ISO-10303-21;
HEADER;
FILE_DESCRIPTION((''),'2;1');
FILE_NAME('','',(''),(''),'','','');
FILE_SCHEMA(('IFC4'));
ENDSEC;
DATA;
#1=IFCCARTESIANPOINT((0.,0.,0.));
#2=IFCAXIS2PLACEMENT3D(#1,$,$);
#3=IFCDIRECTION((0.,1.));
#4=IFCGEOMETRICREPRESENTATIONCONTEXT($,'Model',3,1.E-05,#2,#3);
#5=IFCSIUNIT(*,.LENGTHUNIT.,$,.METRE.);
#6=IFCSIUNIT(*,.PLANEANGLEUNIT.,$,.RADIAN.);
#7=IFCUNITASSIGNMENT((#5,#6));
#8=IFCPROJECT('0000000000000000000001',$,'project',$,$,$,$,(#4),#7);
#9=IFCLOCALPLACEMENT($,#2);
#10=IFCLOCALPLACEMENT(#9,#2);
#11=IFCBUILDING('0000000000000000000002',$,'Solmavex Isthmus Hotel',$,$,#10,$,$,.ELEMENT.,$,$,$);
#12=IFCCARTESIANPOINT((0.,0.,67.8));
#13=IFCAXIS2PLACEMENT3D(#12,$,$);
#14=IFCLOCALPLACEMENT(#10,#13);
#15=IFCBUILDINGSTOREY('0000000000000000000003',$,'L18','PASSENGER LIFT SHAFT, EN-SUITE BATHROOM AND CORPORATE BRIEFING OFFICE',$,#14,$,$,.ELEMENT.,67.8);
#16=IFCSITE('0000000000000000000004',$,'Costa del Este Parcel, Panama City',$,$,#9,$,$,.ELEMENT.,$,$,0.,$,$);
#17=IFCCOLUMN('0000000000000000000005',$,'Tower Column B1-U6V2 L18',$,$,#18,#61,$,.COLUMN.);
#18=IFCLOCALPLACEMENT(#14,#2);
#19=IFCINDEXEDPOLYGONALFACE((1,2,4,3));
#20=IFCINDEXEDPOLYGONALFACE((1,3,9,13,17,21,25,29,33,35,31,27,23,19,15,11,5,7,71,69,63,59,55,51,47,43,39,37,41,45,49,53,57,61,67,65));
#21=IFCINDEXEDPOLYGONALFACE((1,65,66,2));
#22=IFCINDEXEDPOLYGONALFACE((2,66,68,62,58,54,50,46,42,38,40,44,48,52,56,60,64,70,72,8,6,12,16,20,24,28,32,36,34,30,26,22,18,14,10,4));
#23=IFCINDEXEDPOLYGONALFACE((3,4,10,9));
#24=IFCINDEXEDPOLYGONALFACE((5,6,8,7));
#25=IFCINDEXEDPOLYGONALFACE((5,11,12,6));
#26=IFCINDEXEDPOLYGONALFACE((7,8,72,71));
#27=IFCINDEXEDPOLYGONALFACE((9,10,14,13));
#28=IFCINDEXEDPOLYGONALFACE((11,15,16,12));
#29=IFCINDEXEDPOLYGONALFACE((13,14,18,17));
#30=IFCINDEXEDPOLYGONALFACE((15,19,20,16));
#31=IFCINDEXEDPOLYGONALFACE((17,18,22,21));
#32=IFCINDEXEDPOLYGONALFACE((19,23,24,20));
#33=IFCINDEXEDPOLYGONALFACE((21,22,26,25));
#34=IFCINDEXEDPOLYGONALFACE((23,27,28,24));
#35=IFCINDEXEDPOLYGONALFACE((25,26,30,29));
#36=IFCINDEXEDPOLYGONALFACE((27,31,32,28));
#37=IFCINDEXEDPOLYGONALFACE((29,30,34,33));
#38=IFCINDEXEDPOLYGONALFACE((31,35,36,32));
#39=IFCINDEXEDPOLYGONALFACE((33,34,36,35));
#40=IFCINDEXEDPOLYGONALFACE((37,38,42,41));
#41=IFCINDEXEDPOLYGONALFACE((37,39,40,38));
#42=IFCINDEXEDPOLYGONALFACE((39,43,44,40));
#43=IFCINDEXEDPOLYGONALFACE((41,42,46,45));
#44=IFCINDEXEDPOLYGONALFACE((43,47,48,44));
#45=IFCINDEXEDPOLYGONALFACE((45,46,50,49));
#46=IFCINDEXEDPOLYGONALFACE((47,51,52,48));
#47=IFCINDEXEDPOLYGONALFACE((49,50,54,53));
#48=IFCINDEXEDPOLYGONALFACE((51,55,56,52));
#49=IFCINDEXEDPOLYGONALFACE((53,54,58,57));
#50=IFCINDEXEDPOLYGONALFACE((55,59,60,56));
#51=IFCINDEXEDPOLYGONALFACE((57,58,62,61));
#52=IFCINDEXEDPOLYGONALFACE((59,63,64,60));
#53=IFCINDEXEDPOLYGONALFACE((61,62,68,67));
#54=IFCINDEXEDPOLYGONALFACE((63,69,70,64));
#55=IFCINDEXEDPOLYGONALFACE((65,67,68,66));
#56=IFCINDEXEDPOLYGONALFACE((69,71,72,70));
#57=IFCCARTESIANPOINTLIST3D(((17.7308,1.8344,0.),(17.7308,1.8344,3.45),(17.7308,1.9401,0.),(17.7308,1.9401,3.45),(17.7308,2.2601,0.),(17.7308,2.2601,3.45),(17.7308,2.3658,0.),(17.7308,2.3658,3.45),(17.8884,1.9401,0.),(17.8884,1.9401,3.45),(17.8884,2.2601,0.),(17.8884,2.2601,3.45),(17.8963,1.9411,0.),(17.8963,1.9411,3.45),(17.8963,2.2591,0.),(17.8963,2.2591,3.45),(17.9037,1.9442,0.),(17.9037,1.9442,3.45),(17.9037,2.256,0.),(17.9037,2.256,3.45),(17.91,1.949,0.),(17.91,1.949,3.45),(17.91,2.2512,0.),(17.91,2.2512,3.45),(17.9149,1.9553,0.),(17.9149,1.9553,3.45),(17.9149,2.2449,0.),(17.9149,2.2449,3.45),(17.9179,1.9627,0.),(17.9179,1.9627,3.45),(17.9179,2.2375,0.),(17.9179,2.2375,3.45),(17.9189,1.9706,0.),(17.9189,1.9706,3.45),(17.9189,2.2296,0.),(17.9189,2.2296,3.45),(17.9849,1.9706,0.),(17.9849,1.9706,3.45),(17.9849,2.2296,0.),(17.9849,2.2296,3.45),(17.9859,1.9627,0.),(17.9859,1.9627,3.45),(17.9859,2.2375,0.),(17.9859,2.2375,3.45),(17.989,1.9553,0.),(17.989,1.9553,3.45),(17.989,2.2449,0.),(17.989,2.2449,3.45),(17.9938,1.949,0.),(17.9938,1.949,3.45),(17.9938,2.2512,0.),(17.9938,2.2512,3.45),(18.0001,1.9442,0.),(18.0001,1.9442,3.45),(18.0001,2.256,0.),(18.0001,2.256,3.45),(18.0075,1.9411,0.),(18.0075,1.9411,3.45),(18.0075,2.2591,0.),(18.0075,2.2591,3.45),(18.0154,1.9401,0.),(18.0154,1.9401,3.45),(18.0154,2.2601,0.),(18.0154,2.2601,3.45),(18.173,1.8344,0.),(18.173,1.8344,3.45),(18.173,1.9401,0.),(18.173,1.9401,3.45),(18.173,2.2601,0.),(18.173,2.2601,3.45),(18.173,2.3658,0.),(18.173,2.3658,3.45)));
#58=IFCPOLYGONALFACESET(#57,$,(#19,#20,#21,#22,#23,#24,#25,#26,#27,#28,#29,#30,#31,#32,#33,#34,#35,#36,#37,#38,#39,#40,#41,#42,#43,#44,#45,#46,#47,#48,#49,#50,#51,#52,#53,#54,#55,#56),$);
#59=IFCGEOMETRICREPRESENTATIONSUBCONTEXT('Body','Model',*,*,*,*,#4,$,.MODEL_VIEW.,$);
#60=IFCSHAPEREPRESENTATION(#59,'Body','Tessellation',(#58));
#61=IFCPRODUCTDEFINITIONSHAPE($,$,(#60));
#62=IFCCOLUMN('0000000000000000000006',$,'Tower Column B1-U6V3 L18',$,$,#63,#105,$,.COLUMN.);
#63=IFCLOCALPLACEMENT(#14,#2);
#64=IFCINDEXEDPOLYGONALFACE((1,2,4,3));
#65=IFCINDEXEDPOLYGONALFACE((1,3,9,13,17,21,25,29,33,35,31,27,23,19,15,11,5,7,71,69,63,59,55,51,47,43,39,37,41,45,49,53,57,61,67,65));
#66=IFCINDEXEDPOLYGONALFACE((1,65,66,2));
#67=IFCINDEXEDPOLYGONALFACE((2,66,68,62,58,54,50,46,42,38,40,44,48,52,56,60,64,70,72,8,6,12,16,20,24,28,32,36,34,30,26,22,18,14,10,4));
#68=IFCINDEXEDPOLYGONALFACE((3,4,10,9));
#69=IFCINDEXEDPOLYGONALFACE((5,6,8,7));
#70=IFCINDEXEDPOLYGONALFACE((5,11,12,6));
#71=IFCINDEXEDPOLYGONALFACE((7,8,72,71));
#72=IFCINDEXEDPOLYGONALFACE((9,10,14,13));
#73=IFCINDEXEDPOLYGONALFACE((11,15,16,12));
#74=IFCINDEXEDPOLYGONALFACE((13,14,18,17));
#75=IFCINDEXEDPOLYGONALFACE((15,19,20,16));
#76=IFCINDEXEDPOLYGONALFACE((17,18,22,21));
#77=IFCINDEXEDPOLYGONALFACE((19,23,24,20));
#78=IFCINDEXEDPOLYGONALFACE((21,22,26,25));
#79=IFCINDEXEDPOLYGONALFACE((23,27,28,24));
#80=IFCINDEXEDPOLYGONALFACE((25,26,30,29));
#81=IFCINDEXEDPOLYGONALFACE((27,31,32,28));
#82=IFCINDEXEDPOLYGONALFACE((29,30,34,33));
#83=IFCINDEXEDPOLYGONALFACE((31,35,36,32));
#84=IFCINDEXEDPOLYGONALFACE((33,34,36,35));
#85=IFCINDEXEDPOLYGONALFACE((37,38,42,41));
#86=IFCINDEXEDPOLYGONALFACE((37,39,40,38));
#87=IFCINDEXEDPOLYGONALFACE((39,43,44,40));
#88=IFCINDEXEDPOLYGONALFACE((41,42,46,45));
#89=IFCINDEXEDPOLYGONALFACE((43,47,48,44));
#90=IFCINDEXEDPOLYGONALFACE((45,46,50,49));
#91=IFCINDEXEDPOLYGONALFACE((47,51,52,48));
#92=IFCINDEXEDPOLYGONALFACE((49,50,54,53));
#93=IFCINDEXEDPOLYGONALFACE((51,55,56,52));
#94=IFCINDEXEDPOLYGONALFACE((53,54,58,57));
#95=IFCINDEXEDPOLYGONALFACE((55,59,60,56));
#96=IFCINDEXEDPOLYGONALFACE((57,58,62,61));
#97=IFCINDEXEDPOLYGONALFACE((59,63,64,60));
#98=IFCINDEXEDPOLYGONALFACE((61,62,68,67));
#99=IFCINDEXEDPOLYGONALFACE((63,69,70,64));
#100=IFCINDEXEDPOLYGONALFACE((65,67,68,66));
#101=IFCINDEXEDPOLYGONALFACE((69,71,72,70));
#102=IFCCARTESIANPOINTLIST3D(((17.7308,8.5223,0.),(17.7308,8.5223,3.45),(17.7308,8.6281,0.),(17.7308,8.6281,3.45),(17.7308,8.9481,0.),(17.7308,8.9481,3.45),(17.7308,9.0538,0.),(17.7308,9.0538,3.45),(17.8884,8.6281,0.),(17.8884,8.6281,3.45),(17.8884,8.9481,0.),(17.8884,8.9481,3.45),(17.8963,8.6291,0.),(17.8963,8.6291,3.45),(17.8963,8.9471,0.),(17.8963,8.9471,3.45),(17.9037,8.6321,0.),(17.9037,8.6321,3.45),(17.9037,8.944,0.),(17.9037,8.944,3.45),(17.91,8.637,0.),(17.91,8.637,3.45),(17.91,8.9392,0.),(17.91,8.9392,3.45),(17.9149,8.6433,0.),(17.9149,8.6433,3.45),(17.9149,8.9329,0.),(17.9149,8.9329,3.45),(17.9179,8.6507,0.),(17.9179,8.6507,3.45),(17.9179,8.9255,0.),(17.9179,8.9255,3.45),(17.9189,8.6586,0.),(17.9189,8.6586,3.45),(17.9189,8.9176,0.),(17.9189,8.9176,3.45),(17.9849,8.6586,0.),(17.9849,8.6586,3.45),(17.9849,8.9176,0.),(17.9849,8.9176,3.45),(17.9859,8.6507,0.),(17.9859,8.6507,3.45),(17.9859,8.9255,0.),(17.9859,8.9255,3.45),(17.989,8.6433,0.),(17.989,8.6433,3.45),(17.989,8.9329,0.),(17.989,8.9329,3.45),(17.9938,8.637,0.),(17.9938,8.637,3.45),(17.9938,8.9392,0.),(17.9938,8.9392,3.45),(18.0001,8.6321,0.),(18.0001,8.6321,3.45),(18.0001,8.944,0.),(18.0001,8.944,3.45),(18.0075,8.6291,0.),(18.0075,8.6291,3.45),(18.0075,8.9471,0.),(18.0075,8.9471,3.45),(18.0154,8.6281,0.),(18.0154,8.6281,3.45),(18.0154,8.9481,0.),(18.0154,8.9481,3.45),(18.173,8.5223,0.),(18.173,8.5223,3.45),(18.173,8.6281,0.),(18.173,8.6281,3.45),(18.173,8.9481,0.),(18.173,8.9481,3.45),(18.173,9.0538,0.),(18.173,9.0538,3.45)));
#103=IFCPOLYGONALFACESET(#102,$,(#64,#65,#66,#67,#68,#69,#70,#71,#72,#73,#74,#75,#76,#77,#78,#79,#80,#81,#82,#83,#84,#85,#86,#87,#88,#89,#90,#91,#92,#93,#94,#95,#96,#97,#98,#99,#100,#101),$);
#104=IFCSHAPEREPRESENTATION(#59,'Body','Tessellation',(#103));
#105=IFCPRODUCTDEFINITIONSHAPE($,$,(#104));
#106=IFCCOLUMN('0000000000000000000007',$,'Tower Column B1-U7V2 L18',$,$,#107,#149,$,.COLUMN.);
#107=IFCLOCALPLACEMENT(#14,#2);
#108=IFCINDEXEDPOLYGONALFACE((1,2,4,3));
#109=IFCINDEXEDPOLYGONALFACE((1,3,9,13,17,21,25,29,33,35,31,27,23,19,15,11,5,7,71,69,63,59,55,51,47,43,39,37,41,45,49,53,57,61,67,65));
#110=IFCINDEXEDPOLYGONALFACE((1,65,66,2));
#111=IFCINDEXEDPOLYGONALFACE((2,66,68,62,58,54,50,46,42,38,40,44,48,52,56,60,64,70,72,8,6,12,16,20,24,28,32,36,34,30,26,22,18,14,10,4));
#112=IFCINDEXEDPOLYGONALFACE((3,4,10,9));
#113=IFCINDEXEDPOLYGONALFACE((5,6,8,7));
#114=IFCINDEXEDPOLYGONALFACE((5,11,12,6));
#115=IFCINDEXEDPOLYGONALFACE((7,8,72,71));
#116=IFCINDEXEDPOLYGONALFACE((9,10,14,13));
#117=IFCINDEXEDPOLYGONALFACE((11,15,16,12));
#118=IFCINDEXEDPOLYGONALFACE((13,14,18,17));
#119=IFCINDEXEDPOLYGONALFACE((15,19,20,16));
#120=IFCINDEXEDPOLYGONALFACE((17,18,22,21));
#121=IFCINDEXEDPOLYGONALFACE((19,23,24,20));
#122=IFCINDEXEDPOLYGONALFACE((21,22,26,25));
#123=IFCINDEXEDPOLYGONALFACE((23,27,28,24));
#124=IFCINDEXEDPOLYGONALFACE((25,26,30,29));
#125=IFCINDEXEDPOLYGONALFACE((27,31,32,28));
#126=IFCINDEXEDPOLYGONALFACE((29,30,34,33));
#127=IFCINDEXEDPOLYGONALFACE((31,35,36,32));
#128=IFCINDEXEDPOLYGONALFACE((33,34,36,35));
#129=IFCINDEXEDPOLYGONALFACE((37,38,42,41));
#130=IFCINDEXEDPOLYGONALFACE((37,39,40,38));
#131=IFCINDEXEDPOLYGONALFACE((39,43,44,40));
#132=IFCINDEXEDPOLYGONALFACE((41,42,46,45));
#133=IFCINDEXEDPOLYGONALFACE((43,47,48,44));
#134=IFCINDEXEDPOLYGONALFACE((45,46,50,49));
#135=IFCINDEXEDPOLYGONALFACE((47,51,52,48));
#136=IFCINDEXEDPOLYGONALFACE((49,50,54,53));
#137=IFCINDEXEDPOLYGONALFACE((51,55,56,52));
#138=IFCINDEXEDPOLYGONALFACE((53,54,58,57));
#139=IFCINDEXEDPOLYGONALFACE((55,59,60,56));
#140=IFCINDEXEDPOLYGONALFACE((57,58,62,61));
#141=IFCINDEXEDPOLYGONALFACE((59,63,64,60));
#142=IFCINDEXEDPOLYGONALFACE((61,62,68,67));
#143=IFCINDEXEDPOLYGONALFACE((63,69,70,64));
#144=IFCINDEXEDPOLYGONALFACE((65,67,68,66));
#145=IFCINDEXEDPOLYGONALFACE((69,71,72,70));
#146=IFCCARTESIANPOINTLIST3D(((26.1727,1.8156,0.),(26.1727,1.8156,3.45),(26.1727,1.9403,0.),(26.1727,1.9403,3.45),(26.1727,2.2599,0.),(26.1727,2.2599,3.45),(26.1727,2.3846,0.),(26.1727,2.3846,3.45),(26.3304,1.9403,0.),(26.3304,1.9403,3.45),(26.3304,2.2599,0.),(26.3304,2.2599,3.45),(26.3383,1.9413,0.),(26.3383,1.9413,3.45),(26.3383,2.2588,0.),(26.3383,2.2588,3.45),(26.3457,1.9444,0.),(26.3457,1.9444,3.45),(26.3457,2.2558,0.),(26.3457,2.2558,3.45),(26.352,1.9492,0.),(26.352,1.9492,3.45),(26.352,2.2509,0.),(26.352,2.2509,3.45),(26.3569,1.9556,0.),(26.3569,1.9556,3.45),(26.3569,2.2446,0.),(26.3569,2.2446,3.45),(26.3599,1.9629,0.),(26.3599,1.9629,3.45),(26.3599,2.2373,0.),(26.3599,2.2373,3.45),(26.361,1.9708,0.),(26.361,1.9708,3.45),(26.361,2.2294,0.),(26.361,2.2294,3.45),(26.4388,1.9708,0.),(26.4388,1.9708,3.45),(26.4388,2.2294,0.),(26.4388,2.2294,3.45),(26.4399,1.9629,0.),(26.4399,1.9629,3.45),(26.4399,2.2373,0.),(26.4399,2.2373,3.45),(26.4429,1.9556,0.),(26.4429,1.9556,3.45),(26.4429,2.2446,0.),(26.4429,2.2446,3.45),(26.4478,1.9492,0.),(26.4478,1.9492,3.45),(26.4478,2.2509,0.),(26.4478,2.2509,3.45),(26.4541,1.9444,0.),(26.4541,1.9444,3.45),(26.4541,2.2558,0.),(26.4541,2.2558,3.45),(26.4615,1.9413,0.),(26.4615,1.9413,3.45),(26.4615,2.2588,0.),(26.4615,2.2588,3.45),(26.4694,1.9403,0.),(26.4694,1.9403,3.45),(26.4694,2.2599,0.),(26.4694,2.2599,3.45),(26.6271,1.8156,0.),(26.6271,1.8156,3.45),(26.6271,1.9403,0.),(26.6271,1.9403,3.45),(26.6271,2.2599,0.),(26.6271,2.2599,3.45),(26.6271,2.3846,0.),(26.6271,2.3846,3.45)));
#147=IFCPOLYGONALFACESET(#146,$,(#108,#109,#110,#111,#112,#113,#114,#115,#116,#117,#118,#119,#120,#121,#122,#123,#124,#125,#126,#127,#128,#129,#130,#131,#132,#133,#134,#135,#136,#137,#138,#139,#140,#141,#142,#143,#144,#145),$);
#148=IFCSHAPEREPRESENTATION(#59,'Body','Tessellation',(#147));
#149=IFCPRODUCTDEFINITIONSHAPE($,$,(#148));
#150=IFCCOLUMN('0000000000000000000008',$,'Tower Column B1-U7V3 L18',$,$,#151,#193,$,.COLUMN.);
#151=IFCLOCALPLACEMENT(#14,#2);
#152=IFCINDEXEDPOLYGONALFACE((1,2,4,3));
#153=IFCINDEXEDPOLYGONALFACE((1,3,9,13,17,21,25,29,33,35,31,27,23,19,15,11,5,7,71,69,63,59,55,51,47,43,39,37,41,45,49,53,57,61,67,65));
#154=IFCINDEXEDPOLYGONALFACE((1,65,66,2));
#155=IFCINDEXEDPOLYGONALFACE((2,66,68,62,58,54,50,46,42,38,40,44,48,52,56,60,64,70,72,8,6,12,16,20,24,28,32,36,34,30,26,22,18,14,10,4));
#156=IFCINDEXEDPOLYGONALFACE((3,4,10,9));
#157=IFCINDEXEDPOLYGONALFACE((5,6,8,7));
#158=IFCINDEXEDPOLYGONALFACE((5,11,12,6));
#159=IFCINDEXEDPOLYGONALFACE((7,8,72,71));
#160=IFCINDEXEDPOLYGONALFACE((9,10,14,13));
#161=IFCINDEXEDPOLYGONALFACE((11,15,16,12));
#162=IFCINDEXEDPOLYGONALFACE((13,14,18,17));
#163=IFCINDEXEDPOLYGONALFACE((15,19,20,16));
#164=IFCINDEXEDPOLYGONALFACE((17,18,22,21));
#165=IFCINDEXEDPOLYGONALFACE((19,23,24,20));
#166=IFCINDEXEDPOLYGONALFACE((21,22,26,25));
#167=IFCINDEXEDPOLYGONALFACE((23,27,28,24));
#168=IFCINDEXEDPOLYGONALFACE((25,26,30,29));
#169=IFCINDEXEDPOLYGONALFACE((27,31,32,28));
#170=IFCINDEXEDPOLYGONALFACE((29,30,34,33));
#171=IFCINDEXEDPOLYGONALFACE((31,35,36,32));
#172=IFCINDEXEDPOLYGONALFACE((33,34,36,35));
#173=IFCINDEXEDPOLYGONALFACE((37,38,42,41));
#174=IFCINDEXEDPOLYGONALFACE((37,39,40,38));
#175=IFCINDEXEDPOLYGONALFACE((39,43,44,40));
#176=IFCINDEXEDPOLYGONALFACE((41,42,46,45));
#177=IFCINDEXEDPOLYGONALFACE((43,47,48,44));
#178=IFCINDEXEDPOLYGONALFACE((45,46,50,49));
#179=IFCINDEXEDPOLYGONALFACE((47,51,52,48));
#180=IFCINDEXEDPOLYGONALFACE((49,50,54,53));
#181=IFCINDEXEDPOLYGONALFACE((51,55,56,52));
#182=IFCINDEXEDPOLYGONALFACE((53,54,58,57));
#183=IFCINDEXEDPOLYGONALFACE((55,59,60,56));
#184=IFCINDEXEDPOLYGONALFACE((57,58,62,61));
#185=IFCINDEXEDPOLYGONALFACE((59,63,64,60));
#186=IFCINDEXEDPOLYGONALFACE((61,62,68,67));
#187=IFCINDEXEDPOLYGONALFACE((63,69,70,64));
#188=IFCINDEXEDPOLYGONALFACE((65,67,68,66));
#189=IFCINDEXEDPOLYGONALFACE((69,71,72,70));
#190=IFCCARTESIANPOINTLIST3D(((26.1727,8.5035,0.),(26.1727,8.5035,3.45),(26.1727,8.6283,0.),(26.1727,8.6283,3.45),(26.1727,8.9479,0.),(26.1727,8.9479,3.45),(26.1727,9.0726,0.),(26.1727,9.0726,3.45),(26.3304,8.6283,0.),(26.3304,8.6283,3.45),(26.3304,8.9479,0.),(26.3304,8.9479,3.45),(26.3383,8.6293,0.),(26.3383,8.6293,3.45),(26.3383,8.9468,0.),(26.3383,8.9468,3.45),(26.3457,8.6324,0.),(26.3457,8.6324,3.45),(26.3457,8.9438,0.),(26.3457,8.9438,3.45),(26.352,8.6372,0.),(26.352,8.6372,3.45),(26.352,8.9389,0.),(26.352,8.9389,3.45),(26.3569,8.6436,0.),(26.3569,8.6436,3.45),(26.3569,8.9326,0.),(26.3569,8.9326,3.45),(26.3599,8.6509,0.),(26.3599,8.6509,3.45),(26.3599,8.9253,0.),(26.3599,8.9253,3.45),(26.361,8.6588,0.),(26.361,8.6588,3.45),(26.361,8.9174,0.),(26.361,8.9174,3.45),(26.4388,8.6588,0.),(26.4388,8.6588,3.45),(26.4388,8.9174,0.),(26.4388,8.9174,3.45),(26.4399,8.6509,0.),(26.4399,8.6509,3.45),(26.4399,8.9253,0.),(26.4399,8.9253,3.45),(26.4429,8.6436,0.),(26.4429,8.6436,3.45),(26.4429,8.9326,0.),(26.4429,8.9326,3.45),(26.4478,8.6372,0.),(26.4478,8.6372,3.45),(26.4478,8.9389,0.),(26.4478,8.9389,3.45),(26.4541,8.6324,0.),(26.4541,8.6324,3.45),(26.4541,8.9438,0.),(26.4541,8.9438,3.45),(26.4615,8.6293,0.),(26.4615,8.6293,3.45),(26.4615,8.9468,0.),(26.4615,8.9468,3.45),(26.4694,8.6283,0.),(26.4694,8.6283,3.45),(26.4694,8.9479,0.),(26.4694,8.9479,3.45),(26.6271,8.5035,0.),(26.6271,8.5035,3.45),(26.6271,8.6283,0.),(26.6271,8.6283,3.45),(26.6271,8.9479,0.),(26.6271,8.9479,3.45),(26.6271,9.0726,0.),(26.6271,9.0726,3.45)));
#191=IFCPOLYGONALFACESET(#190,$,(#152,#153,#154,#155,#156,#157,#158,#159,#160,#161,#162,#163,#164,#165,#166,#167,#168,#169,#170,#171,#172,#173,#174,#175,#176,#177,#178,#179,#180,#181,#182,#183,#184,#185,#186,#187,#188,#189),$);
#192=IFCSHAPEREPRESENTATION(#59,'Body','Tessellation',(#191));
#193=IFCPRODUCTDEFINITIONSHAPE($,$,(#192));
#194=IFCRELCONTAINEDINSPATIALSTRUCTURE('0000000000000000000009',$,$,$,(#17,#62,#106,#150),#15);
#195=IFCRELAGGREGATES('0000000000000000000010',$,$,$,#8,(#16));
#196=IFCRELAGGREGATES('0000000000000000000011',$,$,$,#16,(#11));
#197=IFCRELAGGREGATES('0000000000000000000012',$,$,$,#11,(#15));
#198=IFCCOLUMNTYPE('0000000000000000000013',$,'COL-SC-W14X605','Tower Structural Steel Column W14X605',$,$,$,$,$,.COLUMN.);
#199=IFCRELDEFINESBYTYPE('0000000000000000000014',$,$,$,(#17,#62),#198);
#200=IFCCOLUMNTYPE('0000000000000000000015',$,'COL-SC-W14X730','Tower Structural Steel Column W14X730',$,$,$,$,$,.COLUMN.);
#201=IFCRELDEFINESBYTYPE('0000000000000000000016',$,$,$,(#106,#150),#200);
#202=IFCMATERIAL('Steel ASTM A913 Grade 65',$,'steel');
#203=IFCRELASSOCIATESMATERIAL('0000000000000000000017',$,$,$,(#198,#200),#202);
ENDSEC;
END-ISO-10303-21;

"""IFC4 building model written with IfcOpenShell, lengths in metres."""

from ifc_helpers import new_model, si_unit, direction, frame, origin, origin_2d, place, context, subcontext, project, spatial, i_section, extrude, material, material_profile, profile_set, type_object, element, save


model = new_model("IFC4")

# Units and contexts
model_context = context("Model", 3, precision=1e-05, world=origin(), true_north=direction((0.0, 1.0)))
body_context = subcontext(model_context, "Body", "Model", "MODEL_VIEW")
ifc_project = project(units=[si_unit("LENGTHUNIT", "METRE"), si_unit("PLANEANGLEUNIT", "RADIAN")], contexts=[model_context])

# Site, building, storey
site_placement = place(None, origin())
site = spatial("IfcSite", under=ifc_project, at=site_placement, Name="Costa del Este Parcel, Panama City", CompositionType="ELEMENT", RefElevation=0.0)
building_placement = place(site_placement, origin())
building = spatial("IfcBuilding", under=site, at=building_placement, Name="Solmavex Isthmus Hotel", CompositionType="ELEMENT")
storey_placement = place(building_placement, frame((0.0, 0.0, 67.8)))
storey = spatial("IfcBuildingStorey", under=building, at=storey_placement, Name="L18", Description="PASSENGER LIFT SHAFT, EN-SUITE BATHROOM AND CORPORATE BRIEFING OFFICE", CompositionType="ELEMENT", Elevation=67.8)

# Columns
ifc_material_1 = material(Name="Steel ASTM A913 Grade 65", Category="steel")
ifc_material_profile_1 = material_profile(ifc_material_1, i_section(OverallWidth=0.4421, OverallDepth=0.5315, WebThickness=0.0659, FlangeThickness=0.1057, FilletRadius=0.0305, at=origin_2d()), Name="W14X605")
ifc_profile_set_1 = profile_set([ifc_material_profile_1], Name="Steel ASTM A913 Grade 65")
column_type_1 = type_object("IfcColumnType", Name="COL-SC-W14X605", Description="Tower Structural Steel Column W14X605", PredefinedType="COLUMN", material=ifc_profile_set_1)
for number, where, z_axis, x_axis, name in (
    (1, (17.9519, 2.1001, 0.0), (0.0, 0.0, 1.0), (1.0, 0.0, 0.0), "Tower Column B1-U6V2 L18"),
    (2, (17.9519, 8.7881, 0.0), (0.0, 0.0, 1.0), (1.0, 0.0, 0.0), "Tower Column B1-U6V3 L18"),
):
    element("IfcColumn", number, at=place(storey_placement, frame(where, z_axis=z_axis, x_axis=x_axis)), inside=storey, type_object=column_type_1, Name=name, PredefinedType="COLUMN", context=body_context, shape_type="SweptSolid", body=[
        extrude(i_section(OverallWidth=0.4421, OverallDepth=0.5315, WebThickness=0.0659, FlangeThickness=0.1057, FilletRadius=0.0305, at=origin_2d()), origin(), (0.0, 0.0, 1.0), 3.45),
    ])
ifc_material_profile_2 = material_profile(ifc_material_1, i_section(OverallWidth=0.4543, OverallDepth=0.5691, WebThickness=0.0779, FlangeThickness=0.1248, FilletRadius=0.0305, at=origin_2d()), Name="W14X730")
ifc_profile_set_2 = profile_set([ifc_material_profile_2], Name="Steel ASTM A913 Grade 65")
column_type_2 = type_object("IfcColumnType", Name="COL-SC-W14X730", Description="Tower Structural Steel Column W14X730", PredefinedType="COLUMN", material=ifc_profile_set_2)
for number, where, z_axis, x_axis, name in (
    (3, (26.3999, 2.1001, 0.0), (0.0, 0.0, 1.0), (1.0, 0.0, 0.0), "Tower Column B1-U7V2 L18"),
    (4, (26.3999, 8.7881, 0.0), (0.0, 0.0, 1.0), (1.0, 0.0, 0.0), "Tower Column B1-U7V3 L18"),
):
    element("IfcColumn", number, at=place(storey_placement, frame(where, z_axis=z_axis, x_axis=x_axis)), inside=storey, type_object=column_type_2, Name=name, PredefinedType="COLUMN", context=body_context, shape_type="SweptSolid", body=[
        extrude(i_section(OverallWidth=0.4543, OverallDepth=0.5691, WebThickness=0.0779, FlangeThickness=0.1248, FilletRadius=0.0305, at=origin_2d()), origin(), (0.0, 0.0, 1.0), 3.45),
    ])

save(model, "model.ifc")
